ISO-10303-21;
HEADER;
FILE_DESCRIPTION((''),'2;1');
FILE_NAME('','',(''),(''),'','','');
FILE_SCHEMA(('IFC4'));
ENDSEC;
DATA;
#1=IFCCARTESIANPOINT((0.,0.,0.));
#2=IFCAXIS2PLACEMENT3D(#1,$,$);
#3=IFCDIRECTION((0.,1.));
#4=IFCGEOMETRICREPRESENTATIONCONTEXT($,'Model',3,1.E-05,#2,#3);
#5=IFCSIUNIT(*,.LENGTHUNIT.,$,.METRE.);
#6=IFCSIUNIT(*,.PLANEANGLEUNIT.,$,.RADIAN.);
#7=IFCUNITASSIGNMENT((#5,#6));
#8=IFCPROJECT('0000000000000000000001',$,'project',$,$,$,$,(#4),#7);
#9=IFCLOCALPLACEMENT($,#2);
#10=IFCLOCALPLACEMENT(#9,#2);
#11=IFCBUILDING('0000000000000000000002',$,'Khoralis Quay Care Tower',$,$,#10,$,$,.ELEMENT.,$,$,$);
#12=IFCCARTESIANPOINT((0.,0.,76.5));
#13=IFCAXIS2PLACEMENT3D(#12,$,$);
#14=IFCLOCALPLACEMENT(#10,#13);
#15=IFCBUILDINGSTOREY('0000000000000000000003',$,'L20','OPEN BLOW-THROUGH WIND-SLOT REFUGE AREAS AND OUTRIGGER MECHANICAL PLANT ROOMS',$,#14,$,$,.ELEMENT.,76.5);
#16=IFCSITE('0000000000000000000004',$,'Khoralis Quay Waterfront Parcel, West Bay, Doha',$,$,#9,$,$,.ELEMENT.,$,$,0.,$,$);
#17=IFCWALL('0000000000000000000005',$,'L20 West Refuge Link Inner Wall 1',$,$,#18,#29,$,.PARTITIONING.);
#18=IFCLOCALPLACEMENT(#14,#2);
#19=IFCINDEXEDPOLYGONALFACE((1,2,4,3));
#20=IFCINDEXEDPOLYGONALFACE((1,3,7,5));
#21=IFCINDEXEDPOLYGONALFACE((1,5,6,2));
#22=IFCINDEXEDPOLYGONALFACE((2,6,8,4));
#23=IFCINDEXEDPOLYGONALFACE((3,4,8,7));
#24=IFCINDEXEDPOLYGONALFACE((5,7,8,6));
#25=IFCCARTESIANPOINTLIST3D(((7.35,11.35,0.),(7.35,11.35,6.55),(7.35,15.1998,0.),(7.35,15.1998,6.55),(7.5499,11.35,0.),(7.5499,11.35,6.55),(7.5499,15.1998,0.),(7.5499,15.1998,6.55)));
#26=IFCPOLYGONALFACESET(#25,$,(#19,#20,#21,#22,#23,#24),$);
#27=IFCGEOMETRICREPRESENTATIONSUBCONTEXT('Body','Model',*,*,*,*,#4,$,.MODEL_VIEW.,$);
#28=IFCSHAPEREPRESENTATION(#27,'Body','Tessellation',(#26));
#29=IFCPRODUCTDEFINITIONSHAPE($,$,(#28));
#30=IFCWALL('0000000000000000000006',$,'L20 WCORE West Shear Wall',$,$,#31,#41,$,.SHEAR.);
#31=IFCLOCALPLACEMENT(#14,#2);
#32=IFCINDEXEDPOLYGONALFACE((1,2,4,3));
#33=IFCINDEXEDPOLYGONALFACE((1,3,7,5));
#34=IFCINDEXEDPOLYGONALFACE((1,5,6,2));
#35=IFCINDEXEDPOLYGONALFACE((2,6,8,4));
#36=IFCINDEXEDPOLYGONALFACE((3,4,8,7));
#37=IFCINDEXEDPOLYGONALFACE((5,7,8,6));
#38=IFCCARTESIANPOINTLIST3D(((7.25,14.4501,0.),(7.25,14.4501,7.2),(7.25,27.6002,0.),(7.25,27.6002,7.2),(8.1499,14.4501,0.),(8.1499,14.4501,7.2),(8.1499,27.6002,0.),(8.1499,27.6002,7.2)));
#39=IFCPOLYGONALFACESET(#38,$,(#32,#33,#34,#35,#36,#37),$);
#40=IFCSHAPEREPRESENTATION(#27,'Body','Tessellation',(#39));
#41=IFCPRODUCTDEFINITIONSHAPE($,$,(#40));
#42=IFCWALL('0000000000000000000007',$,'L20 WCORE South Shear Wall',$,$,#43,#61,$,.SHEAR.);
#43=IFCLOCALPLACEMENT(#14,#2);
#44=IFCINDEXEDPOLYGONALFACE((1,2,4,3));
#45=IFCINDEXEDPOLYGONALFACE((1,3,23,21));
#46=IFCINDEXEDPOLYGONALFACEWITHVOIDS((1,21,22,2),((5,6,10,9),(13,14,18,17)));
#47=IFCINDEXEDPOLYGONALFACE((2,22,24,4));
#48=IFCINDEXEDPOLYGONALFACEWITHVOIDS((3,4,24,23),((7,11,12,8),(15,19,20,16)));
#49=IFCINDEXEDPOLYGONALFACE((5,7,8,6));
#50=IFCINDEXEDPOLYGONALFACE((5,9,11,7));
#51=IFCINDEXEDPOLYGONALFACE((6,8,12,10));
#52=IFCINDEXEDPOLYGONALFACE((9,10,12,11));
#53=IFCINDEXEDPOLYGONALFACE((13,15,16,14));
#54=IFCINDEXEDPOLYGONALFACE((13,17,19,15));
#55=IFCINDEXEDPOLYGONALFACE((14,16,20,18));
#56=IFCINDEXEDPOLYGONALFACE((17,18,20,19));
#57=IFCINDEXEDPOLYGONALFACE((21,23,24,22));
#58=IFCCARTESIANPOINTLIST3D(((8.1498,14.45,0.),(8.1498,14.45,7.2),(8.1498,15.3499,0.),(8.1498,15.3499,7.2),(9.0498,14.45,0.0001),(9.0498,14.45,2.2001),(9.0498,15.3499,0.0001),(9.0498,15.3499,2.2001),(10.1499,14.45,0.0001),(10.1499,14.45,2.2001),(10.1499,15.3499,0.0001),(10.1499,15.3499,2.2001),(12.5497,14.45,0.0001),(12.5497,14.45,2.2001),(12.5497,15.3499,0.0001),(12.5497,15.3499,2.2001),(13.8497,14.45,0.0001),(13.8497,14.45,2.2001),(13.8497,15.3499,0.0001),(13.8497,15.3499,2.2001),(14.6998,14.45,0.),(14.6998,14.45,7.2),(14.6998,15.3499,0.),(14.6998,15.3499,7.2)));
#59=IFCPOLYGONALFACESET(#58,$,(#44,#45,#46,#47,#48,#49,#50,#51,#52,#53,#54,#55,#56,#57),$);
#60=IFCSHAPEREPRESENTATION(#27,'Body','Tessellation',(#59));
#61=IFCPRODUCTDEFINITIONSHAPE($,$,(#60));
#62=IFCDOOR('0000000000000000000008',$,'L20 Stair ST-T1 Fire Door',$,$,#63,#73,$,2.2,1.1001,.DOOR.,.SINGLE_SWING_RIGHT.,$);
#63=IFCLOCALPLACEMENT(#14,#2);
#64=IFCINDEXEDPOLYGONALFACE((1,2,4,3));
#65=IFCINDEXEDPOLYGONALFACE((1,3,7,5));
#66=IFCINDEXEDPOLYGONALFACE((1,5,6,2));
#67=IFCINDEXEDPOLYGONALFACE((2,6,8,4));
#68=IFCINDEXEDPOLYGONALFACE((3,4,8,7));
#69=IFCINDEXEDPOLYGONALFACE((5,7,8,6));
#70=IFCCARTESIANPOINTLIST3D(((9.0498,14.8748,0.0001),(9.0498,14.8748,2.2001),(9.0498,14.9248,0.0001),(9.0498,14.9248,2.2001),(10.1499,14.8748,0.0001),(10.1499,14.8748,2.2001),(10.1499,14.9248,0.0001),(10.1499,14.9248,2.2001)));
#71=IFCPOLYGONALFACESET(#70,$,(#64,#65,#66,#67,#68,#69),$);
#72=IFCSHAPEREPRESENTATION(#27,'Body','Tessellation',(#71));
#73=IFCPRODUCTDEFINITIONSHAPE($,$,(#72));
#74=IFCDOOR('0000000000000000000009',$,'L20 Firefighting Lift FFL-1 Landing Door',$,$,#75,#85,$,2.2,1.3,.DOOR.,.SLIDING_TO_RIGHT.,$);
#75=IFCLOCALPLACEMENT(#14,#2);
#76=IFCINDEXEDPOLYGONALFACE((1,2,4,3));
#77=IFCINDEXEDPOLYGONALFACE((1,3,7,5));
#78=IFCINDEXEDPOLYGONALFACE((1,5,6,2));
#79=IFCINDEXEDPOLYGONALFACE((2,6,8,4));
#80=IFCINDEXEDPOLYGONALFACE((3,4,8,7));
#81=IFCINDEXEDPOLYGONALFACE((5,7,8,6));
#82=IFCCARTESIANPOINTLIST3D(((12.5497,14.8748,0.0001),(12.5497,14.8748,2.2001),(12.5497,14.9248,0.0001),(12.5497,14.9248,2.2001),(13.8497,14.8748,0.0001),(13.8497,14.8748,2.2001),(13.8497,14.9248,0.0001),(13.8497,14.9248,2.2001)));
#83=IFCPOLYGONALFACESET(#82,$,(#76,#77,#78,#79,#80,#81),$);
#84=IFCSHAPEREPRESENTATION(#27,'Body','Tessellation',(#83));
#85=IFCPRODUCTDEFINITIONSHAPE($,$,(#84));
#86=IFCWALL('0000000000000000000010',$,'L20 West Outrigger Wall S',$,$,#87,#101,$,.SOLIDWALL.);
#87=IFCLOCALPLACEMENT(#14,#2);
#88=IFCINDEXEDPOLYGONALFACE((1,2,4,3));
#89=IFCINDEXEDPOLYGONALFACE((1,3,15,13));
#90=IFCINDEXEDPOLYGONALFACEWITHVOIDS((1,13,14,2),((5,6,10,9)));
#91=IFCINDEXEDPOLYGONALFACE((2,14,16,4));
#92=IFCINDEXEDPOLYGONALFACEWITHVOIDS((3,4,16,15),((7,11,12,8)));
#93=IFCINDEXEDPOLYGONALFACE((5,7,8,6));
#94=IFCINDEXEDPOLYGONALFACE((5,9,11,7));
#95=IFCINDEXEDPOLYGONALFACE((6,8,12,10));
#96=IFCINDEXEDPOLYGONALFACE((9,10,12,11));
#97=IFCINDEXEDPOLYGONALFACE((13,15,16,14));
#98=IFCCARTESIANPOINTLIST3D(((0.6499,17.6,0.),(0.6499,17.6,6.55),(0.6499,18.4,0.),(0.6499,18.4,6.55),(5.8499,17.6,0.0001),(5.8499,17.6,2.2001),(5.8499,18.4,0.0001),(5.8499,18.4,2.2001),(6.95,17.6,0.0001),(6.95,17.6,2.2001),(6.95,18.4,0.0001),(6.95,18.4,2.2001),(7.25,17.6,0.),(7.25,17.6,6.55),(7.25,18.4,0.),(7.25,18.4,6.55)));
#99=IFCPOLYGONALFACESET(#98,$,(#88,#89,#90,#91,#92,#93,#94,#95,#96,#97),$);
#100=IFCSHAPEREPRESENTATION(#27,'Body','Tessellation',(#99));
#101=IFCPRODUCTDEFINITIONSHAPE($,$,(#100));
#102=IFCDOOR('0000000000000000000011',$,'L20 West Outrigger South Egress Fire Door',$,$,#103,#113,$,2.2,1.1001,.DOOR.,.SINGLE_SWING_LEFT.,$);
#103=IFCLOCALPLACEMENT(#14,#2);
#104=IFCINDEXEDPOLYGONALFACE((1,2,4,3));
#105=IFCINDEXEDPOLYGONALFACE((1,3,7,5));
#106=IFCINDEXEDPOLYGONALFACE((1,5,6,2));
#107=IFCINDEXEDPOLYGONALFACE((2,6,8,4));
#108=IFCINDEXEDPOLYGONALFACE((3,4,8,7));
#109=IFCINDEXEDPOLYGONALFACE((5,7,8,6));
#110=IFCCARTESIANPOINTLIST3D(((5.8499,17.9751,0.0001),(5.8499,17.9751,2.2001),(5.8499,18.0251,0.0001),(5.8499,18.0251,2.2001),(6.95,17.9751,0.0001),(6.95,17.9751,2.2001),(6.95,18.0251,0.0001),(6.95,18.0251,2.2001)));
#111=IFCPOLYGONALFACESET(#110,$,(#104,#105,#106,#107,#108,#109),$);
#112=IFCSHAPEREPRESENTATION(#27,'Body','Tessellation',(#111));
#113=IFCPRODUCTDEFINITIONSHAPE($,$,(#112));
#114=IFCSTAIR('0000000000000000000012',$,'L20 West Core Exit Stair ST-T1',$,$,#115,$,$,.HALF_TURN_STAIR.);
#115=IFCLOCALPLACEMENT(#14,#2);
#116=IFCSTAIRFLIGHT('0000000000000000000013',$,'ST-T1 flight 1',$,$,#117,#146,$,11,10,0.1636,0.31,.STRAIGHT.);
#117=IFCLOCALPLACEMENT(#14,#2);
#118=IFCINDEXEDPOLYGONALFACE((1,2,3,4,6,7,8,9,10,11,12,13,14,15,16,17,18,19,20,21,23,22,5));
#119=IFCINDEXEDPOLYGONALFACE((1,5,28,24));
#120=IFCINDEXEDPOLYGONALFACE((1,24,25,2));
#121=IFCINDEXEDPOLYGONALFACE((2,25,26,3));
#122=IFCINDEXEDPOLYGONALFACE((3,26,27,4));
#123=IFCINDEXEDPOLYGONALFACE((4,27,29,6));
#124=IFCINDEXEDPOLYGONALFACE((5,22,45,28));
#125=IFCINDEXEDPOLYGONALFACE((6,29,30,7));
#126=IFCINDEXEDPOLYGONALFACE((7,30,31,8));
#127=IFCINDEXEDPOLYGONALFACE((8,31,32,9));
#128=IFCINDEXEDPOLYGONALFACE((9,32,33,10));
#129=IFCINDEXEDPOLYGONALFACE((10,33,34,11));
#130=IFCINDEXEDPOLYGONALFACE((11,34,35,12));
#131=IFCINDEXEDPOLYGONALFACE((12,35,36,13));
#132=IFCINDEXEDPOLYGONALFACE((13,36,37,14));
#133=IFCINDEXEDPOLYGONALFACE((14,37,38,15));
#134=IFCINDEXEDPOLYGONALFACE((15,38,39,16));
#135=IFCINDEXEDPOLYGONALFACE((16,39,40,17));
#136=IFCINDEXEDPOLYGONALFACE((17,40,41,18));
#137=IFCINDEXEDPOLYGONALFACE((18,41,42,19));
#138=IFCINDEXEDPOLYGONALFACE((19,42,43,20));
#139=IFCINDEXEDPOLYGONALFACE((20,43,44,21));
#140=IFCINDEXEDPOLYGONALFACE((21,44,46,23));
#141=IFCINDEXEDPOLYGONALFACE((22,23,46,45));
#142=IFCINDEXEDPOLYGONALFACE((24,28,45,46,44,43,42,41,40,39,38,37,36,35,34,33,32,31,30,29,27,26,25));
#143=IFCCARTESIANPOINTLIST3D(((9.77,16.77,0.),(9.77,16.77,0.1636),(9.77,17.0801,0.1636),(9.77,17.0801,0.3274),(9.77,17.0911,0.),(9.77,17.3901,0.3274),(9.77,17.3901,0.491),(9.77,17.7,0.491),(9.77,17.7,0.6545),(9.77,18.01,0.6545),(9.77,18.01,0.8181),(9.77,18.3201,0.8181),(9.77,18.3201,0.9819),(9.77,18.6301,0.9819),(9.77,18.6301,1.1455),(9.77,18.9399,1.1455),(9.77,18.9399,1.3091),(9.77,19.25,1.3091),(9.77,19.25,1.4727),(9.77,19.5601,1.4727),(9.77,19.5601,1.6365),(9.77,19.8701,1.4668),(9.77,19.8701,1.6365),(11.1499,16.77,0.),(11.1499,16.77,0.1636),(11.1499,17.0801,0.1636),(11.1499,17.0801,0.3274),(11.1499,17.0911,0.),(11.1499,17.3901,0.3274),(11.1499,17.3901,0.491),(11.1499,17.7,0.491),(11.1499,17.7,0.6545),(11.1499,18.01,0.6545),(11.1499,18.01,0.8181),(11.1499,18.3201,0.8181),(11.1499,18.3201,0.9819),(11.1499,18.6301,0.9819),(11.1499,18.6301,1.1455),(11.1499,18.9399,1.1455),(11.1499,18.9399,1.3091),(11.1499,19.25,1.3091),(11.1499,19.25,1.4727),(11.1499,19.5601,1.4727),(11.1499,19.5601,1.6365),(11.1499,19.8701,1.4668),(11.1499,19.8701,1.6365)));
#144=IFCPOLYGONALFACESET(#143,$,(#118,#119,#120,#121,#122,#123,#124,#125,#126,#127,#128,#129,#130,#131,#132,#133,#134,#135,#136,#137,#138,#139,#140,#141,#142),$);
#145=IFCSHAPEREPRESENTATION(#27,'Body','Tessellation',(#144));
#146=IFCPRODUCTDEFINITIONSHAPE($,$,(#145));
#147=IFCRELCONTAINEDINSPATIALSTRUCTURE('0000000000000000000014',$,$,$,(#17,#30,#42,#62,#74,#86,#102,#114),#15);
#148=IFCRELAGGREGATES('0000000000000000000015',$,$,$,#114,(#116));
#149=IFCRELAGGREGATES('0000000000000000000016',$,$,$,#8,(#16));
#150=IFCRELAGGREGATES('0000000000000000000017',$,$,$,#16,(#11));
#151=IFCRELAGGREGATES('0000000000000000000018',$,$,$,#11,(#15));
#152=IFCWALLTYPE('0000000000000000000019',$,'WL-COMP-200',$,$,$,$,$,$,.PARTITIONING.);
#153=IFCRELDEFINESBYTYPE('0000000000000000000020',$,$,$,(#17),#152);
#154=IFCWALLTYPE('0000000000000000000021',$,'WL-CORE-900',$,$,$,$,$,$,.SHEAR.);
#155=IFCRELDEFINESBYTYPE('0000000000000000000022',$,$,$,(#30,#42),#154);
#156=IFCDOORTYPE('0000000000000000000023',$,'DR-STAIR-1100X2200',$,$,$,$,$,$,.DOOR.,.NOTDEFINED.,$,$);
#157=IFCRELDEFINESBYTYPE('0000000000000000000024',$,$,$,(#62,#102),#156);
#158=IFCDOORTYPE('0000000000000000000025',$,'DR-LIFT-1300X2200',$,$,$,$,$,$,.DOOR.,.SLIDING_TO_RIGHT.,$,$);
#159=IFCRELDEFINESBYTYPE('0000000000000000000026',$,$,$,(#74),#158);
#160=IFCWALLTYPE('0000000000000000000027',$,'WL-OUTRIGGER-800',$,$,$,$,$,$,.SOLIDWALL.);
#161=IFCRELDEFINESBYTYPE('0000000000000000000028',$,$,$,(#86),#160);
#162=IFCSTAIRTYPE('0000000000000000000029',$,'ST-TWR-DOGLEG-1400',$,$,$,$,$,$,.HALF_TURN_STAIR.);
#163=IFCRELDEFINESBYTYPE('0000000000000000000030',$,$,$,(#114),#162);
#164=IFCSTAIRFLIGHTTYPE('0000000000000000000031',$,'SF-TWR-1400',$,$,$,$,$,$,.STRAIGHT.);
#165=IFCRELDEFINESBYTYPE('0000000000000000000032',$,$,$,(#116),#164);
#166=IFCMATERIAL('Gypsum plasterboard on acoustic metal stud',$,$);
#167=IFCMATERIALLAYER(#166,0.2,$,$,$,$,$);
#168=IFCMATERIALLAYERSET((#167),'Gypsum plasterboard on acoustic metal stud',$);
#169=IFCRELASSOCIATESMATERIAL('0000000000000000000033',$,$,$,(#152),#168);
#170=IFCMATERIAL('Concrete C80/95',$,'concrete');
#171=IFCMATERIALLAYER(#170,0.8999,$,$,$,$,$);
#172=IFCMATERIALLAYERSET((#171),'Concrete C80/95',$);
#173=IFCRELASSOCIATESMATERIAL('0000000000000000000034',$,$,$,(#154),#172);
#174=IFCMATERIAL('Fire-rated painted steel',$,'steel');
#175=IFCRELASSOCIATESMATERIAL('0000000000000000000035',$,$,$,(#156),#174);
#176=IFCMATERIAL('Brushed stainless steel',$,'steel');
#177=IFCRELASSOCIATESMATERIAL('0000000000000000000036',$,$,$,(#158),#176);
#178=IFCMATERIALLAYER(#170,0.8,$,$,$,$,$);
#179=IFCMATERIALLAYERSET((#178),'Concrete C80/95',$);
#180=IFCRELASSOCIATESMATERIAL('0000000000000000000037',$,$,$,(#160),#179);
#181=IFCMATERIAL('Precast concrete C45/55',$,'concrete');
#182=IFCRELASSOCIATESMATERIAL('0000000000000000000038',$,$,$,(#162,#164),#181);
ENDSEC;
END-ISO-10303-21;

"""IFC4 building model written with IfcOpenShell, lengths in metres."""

from ifc_helpers import new_model, si_unit, direction, frame, frame_2d, origin, place, context, subcontext, project, spatial, polyline, rectangle, outline, extrude, source, transform, mapped, material, layer, layer_set, type_object, element, fill, aggregate, save


model = new_model("IFC4")

# Units and contexts
model_context = context("Model", 3, precision=1e-05, world=origin(), true_north=direction((0.0, 1.0)))
body_context = subcontext(model_context, "Body", "Model", "MODEL_VIEW")
ifc_project = project(units=[si_unit("LENGTHUNIT", "METRE"), si_unit("PLANEANGLEUNIT", "RADIAN")], contexts=[model_context])

# Site, building, storey
site_placement = place(None, origin())
site = spatial("IfcSite", under=ifc_project, at=site_placement, Name="Khoralis Quay Waterfront Parcel, West Bay, Doha", CompositionType="ELEMENT", RefElevation=0.0)
building_placement = place(site_placement, origin())
building = spatial("IfcBuilding", under=site, at=building_placement, Name="Khoralis Quay Care Tower", CompositionType="ELEMENT")
storey_placement = place(building_placement, frame((0.0, 0.0, 76.5)))
storey = spatial("IfcBuildingStorey", under=building, at=storey_placement, Name="L20", Description="OPEN BLOW-THROUGH WIND-SLOT REFUGE AREAS AND OUTRIGGER MECHANICAL PLANT ROOMS", CompositionType="ELEMENT", Elevation=76.5)

# Shared definitions
ifc_material_1 = material(Name="Concrete C80/95", Category="concrete")

# Shared definitions
ifc_material_2 = material(Name="Gypsum plasterboard on acoustic metal stud")
ifc_layer_1 = layer(ifc_material_2, 0.2)
ifc_layer_set_1 = layer_set([ifc_layer_1], Name="Gypsum plasterboard on acoustic metal stud")
wall_type_1 = type_object("IfcWallType", Name="WL-COMP-200", PredefinedType="PARTITIONING", material=ifc_layer_set_1)
ifc_material_3 = material(Name="Fire-rated painted steel", Category="steel")

# Walls
wall_1_placement = place(storey_placement, frame((7.45, 11.3501, 0.0), z_axis=(0.0, 0.0, 1.0), x_axis=(0.0, 1.0, 0.0)))
element("IfcWall", 1, at=wall_1_placement, inside=storey, type_object=wall_type_1, Name="L20 West Refuge Link Inner Wall 1", PredefinedType="PARTITIONING", context=body_context, shape_type="SweptSolid", body=[
    extrude(rectangle(XDim=3.8499, YDim=0.2, at=frame_2d((1.9248, 0.0))), origin(), (0.0, 0.0, 1.0), 6.55),
])
ifc_layer_2 = layer(ifc_material_1, 0.8999)
ifc_layer_set_2 = layer_set([ifc_layer_2], Name="Concrete C80/95")
wall_type_2 = type_object("IfcWallType", Name="WL-CORE-900", PredefinedType="SHEAR", material=ifc_layer_set_2)
wall_2_placement = place(storey_placement, frame((7.7, 14.45, 0.0), z_axis=(0.0, 0.0, 1.0), x_axis=(0.0, 1.0, 0.0)))
element("IfcWall", 2, at=wall_2_placement, inside=storey, type_object=wall_type_2, Name="L20 WCORE West Shear Wall", PredefinedType="SHEAR", context=body_context, shape_type="SweptSolid", body=[
    extrude(rectangle(XDim=13.1501, YDim=0.8999, at=frame_2d((6.5752, 0.0))), origin(), (0.0, 0.0, 1.0), 7.2),
])

# Wall, openings, doors
wall_3_placement = place(storey_placement, frame((8.1499, 14.8999, 0.0), z_axis=(0.0, 0.0, 1.0), x_axis=(1.0, 0.0, 0.0)))
wall_3 = element("IfcWall", 3, at=wall_3_placement, inside=storey, type_object=wall_type_2, Name="L20 WCORE South Shear Wall", PredefinedType="SHEAR", context=body_context, shape_type="SweptSolid", body=[
    extrude(rectangle(XDim=6.55, YDim=0.8999, at=frame_2d((3.2749, 0.0))), origin(), (0.0, 0.0, 1.0), 7.2),
])
opening_1_placement = place(wall_3_placement, frame((0.8999, 0.0, 0.0)))
opening_1 = element("IfcOpeningElement", 4, at=opening_1_placement, cuts=wall_3, PredefinedType="OPENING", context=body_context, shape_type="SweptSolid", body=[
    extrude(rectangle(XDim=1.1001, YDim=2.2, at=frame_2d((0.55, 1.1001))), frame((0.0, 0.46, 0.0), z_axis=(0.0, -1.0, 0.0), x_axis=(1.0, 0.0, 0.0)), (0.0, 0.0, 1.0), 0.9199),
])
opening_2_placement = place(wall_3_placement, frame((4.3999, 0.0, 0.0)))
opening_2 = element("IfcOpeningElement", 5, at=opening_2_placement, cuts=wall_3, PredefinedType="OPENING", context=body_context, shape_type="SweptSolid", body=[
    extrude(rectangle(XDim=1.3, YDim=2.2, at=frame_2d((0.6499, 1.1001))), frame((0.0, 0.46, 0.0), z_axis=(0.0, -1.0, 0.0), x_axis=(1.0, 0.0, 0.0)), (0.0, 0.0, 1.0), 0.9199),
])
door_type_1 = type_object("IfcDoorType", Name="DR-STAIR-1100X2200", OperationType="NOTDEFINED", PredefinedType="DOOR", material=ifc_material_3)
shared_shape_1 = source(origin(), body_context, "Body", "SweptSolid", [
    extrude(rectangle(XDim=1.1001, YDim=2.2, at=frame_2d((0.55, 1.1001))), frame((0.0, 0.0249, 0.0), z_axis=(0.0, -1.0, 0.0), x_axis=(1.0, 0.0, 0.0)), (0.0, 0.0, 1.0), 0.05),
])
door_1_placement = place(opening_1_placement, origin())
door_1 = element("IfcDoor", 6, at=door_1_placement, inside=storey, type_object=door_type_1, Name="L20 Stair ST-T1 Fire Door", OperationType="SINGLE_SWING_RIGHT", OverallHeight=2.2, OverallWidth=1.1001, PredefinedType="DOOR", context=body_context, shape_type="MappedRepresentation", body=[
    mapped(shared_shape_1, transform((0.0, 0.0, 0.0), scale=1.0)),
])
fill(opening_1, door_1)
ifc_material_4 = material(Name="Brushed stainless steel", Category="steel")
door_type_2 = type_object("IfcDoorType", Name="DR-LIFT-1300X2200", OperationType="SLIDING_TO_RIGHT", PredefinedType="DOOR", material=ifc_material_4)
shared_shape_2 = source(origin(), body_context, "Body", "SweptSolid", [
    extrude(rectangle(XDim=1.3, YDim=2.2, at=frame_2d((0.6499, 1.1001))), frame((0.0, 0.0249, 0.0), z_axis=(0.0, -1.0, 0.0), x_axis=(1.0, 0.0, 0.0)), (0.0, 0.0, 1.0), 0.05),
])
door_2_placement = place(opening_2_placement, origin())
door_2 = element("IfcDoor", 7, at=door_2_placement, inside=storey, type_object=door_type_2, Name="L20 Firefighting Lift FFL-1 Landing Door", OperationType="SLIDING_TO_RIGHT", OverallHeight=2.2, OverallWidth=1.3, PredefinedType="DOOR", context=body_context, shape_type="MappedRepresentation", body=[
    mapped(shared_shape_2, transform((0.0, 0.0, 0.0), scale=1.0)),
])
fill(opening_2, door_2)

# Wall, opening, door
ifc_layer_3 = layer(ifc_material_1, 0.8)
ifc_layer_set_3 = layer_set([ifc_layer_3], Name="Concrete C80/95")
wall_type_3 = type_object("IfcWallType", Name="WL-OUTRIGGER-800", PredefinedType="SOLIDWALL", material=ifc_layer_set_3)
wall_4_placement = place(storey_placement, frame((0.6499, 18.0, 0.0), z_axis=(0.0, 0.0, 1.0), x_axis=(1.0, 0.0, 0.0)))
wall_4 = element("IfcWall", 8, at=wall_4_placement, inside=storey, type_object=wall_type_3, Name="L20 West Outrigger Wall S", PredefinedType="SOLIDWALL", context=body_context, shape_type="SweptSolid", body=[
    extrude(rectangle(XDim=6.6001, YDim=0.8, at=frame_2d((3.3, 0.0))), origin(), (0.0, 0.0, 1.0), 6.55),
])
opening_3_placement = place(wall_4_placement, frame((5.2, 0.0, 0.0)))
opening_3 = element("IfcOpeningElement", 9, at=opening_3_placement, cuts=wall_4, PredefinedType="OPENING", context=body_context, shape_type="SweptSolid", body=[
    extrude(rectangle(XDim=1.1001, YDim=2.2, at=frame_2d((0.55, 1.1001))), frame((0.0, 0.4102, 0.0), z_axis=(0.0, -1.0, 0.0), x_axis=(1.0, 0.0, 0.0)), (0.0, 0.0, 1.0), 0.8201),
])
door_3_placement = place(opening_3_placement, frame((1.1001, 0.0, 0.0), z_axis=(0.0, 0.0, 1.0), x_axis=(-1.0, 0.0, 0.0)))
door_3 = element("IfcDoor", 10, at=door_3_placement, inside=storey, type_object=door_type_1, Name="L20 West Outrigger South Egress Fire Door", OperationType="SINGLE_SWING_LEFT", OverallHeight=2.2, OverallWidth=1.1001, PredefinedType="DOOR", context=body_context, shape_type="MappedRepresentation", body=[
    mapped(shared_shape_1, transform((0.0, 0.0, 0.0), scale=1.0)),
])
fill(opening_3, door_3)

# Stair, stair flight
ifc_material_5 = material(Name="Precast concrete C45/55", Category="concrete")
stair_type = type_object("IfcStairType", Name="ST-TWR-DOGLEG-1400", PredefinedType="HALF_TURN_STAIR", material=ifc_material_5)
stair_placement = place(storey_placement, origin())
stair = element("IfcStair", 11, at=stair_placement, inside=storey, type_object=stair_type, Name="L20 West Core Exit Stair ST-T1", PredefinedType="HALF_TURN_STAIR")
stair_flight_type = type_object("IfcStairFlightType", Name="SF-TWR-1400", PredefinedType="STRAIGHT", material=ifc_material_5)
shared_shape_3 = source(origin(), body_context, "Body", "SweptSolid", [
    extrude(outline(polyline([(0.0, 0.0), (0.0, 0.1636), (0.3101, 0.1636), (0.3101, 0.3274), (0.6201, 0.3274), (0.6201, 0.491), (0.9299, 0.491), (0.9299, 0.6545), (1.24, 0.6545), (1.24, 0.8181), (1.55, 0.8181), (1.55, 0.9819), (1.8601, 0.9819), (1.8601, 1.1455), (2.1699, 1.1455), (2.1699, 1.3091), (2.48, 1.3091), (2.48, 1.4727), (2.79, 1.4727), (2.79, 1.6365), (3.1001, 1.6365), (3.1001, 1.8), (3.1001, 1.4668), (0.321, 0.0), (0.0, 0.0)])), frame((0.0, 0.6899, 0.0), z_axis=(0.0, -1.0, 0.0), x_axis=(1.0, 0.0, 0.0)), (0.0, 0.0, 1.0), 1.3799),
])
stair_flight_placement = place(storey_placement, frame((10.46, 16.77, 0.0), z_axis=(0.0, 0.0, 1.0), x_axis=(0.0, 1.0, 0.0)))
stair_flight = element("IfcStairFlight", 12, at=stair_flight_placement, type_object=stair_flight_type, Name="ST-T1 flight 1", NumberOfRisers=11, NumberOfTreads=10, PredefinedType="STRAIGHT", RiserHeight=0.1636, TreadLength=0.31, context=body_context, shape_type="MappedRepresentation", body=[
    mapped(shared_shape_3, transform((0.0, 0.0, 0.0), scale=1.0)),
])
aggregate(stair, [stair_flight])

save(model, "model.ifc")
